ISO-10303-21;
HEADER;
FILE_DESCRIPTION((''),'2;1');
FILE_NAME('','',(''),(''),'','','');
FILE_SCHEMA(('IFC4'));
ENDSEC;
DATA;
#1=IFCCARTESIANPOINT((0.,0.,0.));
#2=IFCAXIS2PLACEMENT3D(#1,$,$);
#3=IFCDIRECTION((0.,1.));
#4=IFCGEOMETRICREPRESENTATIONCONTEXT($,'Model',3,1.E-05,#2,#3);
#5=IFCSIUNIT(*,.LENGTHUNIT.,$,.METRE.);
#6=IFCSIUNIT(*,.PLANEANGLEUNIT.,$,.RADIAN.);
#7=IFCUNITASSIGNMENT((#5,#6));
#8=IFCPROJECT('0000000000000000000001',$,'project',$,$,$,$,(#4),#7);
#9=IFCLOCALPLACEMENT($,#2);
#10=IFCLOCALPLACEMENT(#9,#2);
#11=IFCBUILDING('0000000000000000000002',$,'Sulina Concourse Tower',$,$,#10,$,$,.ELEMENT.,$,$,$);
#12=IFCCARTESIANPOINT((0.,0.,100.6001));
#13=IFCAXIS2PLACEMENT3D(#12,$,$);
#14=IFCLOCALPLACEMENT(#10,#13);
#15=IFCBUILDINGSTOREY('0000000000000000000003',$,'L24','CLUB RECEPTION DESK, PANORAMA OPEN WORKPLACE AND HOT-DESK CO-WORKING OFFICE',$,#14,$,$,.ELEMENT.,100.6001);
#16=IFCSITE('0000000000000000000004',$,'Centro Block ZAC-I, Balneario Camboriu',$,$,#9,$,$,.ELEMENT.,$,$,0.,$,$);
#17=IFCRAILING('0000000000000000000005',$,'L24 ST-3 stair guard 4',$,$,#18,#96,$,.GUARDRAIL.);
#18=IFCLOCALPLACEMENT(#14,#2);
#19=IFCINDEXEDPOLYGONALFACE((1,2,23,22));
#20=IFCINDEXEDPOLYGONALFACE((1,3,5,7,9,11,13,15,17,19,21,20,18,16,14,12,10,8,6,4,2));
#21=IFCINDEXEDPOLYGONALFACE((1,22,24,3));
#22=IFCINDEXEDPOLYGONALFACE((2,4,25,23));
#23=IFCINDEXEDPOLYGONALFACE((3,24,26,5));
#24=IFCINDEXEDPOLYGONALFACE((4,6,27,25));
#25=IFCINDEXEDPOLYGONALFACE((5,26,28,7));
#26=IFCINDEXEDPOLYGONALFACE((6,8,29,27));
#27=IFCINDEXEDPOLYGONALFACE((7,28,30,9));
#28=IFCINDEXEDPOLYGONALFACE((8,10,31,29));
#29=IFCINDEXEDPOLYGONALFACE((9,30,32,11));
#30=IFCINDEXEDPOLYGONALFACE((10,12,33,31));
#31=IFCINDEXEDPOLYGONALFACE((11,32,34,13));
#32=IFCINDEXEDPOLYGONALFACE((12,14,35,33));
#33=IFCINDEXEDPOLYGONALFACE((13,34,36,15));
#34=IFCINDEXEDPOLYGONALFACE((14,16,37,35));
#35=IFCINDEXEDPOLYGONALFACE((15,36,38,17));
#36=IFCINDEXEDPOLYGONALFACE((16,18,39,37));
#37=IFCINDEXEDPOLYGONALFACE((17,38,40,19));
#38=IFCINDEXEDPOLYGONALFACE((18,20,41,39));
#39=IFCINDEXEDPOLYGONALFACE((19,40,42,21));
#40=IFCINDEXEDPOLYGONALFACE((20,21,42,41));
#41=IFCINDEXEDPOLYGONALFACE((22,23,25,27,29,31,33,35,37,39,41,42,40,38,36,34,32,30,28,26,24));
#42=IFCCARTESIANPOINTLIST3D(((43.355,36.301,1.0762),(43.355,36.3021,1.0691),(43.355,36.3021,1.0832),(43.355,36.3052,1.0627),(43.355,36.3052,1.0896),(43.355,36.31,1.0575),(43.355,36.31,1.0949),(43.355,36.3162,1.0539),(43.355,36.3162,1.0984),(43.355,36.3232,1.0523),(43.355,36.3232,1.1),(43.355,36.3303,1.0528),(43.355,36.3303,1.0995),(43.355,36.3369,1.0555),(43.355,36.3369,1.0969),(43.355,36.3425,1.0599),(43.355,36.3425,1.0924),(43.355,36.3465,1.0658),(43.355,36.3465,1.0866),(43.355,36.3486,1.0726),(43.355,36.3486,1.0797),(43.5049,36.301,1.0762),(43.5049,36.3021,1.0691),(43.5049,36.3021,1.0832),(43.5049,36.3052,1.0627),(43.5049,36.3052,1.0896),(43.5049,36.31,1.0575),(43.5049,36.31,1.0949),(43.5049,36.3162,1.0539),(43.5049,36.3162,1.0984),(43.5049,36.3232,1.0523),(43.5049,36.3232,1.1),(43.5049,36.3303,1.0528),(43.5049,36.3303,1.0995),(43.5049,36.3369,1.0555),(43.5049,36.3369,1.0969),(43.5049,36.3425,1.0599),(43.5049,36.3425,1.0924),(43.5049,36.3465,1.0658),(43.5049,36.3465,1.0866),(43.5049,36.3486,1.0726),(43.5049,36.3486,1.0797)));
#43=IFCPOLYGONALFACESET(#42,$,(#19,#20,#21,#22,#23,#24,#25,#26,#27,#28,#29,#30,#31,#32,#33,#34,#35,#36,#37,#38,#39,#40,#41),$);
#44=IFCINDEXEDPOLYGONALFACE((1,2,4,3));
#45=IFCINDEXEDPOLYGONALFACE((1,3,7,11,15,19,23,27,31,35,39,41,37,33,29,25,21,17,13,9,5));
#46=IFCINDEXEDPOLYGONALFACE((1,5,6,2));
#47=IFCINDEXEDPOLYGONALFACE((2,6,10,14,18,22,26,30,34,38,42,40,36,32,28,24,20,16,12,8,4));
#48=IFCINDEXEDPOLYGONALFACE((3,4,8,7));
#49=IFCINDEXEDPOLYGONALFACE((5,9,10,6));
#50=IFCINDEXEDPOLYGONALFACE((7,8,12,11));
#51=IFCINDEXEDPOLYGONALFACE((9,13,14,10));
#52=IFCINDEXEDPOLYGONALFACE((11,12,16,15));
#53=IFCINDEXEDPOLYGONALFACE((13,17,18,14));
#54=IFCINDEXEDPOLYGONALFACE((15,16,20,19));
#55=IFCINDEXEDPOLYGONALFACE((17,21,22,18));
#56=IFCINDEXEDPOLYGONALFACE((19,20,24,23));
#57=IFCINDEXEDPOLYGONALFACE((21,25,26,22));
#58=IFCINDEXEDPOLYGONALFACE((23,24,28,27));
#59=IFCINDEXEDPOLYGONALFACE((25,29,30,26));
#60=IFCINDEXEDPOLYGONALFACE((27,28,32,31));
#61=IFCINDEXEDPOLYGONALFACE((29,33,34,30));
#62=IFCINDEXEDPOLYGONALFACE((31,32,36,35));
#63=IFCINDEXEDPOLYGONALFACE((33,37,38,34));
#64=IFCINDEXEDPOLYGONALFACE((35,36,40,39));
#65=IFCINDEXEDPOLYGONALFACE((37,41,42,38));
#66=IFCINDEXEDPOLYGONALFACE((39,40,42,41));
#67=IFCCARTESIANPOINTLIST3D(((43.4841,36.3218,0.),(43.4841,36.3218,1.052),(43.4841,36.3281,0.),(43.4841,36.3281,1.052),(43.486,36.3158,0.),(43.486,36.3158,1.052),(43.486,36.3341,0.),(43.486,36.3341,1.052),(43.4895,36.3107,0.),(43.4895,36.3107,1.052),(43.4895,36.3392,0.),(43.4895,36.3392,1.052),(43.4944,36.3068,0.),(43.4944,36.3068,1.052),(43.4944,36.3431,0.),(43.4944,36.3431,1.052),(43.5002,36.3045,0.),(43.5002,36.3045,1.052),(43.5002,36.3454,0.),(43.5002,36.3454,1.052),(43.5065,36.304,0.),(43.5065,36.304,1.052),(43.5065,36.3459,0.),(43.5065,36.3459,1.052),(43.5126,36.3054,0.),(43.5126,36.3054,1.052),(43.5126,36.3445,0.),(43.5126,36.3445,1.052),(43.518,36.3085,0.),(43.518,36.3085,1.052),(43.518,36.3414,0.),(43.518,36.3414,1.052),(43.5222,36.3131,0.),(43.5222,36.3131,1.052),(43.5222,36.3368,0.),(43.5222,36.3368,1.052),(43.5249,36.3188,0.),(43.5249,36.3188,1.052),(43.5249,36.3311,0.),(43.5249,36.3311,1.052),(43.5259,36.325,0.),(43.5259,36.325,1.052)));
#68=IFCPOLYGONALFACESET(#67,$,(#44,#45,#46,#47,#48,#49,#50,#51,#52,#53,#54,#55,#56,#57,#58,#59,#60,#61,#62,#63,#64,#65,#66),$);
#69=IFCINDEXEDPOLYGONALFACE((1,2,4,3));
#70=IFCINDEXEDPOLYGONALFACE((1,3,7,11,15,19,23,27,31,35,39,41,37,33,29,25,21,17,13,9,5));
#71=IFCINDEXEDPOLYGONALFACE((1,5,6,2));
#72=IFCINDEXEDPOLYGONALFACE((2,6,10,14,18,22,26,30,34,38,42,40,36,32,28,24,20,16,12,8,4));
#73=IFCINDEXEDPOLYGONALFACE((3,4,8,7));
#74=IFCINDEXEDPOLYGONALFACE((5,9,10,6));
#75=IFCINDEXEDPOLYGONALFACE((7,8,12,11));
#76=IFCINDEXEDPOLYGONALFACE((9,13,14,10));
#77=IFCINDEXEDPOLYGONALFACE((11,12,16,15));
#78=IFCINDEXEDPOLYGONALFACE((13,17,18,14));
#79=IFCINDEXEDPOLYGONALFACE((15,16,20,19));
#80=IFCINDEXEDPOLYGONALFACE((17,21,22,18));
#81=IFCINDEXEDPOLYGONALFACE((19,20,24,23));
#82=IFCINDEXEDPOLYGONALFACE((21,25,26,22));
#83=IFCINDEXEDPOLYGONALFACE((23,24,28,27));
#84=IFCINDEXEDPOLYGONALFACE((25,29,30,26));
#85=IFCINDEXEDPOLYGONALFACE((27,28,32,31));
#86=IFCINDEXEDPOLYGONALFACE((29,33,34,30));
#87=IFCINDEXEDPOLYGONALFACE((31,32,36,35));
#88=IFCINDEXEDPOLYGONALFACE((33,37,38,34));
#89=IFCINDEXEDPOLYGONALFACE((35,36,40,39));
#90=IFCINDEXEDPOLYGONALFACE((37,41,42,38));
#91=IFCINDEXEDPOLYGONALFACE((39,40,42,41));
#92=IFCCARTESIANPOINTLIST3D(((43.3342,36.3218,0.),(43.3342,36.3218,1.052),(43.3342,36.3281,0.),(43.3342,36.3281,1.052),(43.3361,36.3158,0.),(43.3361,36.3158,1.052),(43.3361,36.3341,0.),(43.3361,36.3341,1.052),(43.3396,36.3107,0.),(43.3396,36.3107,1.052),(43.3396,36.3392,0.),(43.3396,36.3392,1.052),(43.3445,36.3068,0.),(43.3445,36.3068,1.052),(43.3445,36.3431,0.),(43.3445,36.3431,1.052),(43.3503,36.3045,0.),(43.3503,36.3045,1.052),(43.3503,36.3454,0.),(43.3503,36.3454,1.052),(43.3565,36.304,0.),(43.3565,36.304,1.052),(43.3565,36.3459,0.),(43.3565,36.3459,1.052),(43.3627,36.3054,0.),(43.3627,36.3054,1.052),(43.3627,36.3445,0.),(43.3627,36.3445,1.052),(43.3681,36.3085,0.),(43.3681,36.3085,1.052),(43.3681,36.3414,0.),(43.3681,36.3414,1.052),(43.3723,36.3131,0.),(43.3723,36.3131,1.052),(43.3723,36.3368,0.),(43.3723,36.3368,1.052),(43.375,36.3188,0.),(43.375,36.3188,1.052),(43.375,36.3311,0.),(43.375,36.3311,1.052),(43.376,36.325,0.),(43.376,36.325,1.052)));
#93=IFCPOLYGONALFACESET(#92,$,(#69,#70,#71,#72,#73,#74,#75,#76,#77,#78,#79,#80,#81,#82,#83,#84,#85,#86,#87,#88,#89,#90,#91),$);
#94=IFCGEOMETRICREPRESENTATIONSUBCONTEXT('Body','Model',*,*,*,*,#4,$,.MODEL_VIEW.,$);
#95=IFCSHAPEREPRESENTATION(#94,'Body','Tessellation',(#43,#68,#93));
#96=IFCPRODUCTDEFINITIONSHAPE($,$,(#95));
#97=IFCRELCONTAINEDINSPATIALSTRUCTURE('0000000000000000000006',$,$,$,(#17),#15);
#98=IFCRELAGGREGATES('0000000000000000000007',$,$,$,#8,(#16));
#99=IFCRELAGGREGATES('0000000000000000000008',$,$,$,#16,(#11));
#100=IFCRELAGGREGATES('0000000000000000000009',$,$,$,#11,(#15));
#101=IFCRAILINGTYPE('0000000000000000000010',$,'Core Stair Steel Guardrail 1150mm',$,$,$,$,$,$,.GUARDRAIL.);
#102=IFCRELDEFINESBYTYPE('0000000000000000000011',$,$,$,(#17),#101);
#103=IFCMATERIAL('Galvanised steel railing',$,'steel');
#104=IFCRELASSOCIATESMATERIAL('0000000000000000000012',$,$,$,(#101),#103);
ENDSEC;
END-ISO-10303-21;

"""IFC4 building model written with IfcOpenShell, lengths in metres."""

from ifc_helpers import new_model, si_unit, direction, frame, origin, origin_2d, place, context, subcontext, project, spatial, circle, extrude, material, type_object, element, save


model = new_model("IFC4")

# Units and contexts
model_context = context("Model", 3, precision=1e-05, world=origin(), true_north=direction((0.0, 1.0)))
body_context = subcontext(model_context, "Body", "Model", "MODEL_VIEW")
ifc_project = project(units=[si_unit("LENGTHUNIT", "METRE"), si_unit("PLANEANGLEUNIT", "RADIAN")], contexts=[model_context])

# Site, building, storey
site_placement = place(None, origin())
site = spatial("IfcSite", under=ifc_project, at=site_placement, Name="Centro Block ZAC-I, Balneario Camboriu", CompositionType="ELEMENT", RefElevation=0.0)
building_placement = place(site_placement, origin())
building = spatial("IfcBuilding", under=site, at=building_placement, Name="Sulina Concourse Tower", CompositionType="ELEMENT")
storey_placement = place(building_placement, frame((0.0, 0.0, 100.6001)))
storey = spatial("IfcBuildingStorey", under=building, at=storey_placement, Name="L24", Description="CLUB RECEPTION DESK, PANORAMA OPEN WORKPLACE AND HOT-DESK CO-WORKING OFFICE", CompositionType="ELEMENT", Elevation=100.6001)

# Railing
ifc_material_1 = material(Name="Galvanised steel railing", Category="steel")
railing_type_1 = type_object("IfcRailingType", Name="Core Stair Steel Guardrail 1150mm", PredefinedType="GUARDRAIL", material=ifc_material_1)
railing_1_placement = place(storey_placement, frame((43.5049, 36.325, 0.0)))
element("IfcRailing", 1, at=railing_1_placement, inside=storey, type_object=railing_type_1, Name="L24 ST-3 stair guard 4", PredefinedType="GUARDRAIL", context=body_context, shape_type="SweptSolid", body=[
    extrude(circle(Radius=0.0239, at=origin_2d()), frame((0.0, 0.0, 1.0762), z_axis=(-1.0, 0.0, 0.0), x_axis=(0.0, -1.0, 0.0)), (0.0, 0.0, 1.0), 0.1499),
    extrude(circle(Radius=0.021, at=origin_2d()), origin(), (0.0, 0.0, 1.0), 1.052),
    extrude(circle(Radius=0.021, at=origin_2d()), frame((-0.1499, 0.0, 0.0)), (0.0, 0.0, 1.0), 1.052),
])

save(model, "model.ifc")
